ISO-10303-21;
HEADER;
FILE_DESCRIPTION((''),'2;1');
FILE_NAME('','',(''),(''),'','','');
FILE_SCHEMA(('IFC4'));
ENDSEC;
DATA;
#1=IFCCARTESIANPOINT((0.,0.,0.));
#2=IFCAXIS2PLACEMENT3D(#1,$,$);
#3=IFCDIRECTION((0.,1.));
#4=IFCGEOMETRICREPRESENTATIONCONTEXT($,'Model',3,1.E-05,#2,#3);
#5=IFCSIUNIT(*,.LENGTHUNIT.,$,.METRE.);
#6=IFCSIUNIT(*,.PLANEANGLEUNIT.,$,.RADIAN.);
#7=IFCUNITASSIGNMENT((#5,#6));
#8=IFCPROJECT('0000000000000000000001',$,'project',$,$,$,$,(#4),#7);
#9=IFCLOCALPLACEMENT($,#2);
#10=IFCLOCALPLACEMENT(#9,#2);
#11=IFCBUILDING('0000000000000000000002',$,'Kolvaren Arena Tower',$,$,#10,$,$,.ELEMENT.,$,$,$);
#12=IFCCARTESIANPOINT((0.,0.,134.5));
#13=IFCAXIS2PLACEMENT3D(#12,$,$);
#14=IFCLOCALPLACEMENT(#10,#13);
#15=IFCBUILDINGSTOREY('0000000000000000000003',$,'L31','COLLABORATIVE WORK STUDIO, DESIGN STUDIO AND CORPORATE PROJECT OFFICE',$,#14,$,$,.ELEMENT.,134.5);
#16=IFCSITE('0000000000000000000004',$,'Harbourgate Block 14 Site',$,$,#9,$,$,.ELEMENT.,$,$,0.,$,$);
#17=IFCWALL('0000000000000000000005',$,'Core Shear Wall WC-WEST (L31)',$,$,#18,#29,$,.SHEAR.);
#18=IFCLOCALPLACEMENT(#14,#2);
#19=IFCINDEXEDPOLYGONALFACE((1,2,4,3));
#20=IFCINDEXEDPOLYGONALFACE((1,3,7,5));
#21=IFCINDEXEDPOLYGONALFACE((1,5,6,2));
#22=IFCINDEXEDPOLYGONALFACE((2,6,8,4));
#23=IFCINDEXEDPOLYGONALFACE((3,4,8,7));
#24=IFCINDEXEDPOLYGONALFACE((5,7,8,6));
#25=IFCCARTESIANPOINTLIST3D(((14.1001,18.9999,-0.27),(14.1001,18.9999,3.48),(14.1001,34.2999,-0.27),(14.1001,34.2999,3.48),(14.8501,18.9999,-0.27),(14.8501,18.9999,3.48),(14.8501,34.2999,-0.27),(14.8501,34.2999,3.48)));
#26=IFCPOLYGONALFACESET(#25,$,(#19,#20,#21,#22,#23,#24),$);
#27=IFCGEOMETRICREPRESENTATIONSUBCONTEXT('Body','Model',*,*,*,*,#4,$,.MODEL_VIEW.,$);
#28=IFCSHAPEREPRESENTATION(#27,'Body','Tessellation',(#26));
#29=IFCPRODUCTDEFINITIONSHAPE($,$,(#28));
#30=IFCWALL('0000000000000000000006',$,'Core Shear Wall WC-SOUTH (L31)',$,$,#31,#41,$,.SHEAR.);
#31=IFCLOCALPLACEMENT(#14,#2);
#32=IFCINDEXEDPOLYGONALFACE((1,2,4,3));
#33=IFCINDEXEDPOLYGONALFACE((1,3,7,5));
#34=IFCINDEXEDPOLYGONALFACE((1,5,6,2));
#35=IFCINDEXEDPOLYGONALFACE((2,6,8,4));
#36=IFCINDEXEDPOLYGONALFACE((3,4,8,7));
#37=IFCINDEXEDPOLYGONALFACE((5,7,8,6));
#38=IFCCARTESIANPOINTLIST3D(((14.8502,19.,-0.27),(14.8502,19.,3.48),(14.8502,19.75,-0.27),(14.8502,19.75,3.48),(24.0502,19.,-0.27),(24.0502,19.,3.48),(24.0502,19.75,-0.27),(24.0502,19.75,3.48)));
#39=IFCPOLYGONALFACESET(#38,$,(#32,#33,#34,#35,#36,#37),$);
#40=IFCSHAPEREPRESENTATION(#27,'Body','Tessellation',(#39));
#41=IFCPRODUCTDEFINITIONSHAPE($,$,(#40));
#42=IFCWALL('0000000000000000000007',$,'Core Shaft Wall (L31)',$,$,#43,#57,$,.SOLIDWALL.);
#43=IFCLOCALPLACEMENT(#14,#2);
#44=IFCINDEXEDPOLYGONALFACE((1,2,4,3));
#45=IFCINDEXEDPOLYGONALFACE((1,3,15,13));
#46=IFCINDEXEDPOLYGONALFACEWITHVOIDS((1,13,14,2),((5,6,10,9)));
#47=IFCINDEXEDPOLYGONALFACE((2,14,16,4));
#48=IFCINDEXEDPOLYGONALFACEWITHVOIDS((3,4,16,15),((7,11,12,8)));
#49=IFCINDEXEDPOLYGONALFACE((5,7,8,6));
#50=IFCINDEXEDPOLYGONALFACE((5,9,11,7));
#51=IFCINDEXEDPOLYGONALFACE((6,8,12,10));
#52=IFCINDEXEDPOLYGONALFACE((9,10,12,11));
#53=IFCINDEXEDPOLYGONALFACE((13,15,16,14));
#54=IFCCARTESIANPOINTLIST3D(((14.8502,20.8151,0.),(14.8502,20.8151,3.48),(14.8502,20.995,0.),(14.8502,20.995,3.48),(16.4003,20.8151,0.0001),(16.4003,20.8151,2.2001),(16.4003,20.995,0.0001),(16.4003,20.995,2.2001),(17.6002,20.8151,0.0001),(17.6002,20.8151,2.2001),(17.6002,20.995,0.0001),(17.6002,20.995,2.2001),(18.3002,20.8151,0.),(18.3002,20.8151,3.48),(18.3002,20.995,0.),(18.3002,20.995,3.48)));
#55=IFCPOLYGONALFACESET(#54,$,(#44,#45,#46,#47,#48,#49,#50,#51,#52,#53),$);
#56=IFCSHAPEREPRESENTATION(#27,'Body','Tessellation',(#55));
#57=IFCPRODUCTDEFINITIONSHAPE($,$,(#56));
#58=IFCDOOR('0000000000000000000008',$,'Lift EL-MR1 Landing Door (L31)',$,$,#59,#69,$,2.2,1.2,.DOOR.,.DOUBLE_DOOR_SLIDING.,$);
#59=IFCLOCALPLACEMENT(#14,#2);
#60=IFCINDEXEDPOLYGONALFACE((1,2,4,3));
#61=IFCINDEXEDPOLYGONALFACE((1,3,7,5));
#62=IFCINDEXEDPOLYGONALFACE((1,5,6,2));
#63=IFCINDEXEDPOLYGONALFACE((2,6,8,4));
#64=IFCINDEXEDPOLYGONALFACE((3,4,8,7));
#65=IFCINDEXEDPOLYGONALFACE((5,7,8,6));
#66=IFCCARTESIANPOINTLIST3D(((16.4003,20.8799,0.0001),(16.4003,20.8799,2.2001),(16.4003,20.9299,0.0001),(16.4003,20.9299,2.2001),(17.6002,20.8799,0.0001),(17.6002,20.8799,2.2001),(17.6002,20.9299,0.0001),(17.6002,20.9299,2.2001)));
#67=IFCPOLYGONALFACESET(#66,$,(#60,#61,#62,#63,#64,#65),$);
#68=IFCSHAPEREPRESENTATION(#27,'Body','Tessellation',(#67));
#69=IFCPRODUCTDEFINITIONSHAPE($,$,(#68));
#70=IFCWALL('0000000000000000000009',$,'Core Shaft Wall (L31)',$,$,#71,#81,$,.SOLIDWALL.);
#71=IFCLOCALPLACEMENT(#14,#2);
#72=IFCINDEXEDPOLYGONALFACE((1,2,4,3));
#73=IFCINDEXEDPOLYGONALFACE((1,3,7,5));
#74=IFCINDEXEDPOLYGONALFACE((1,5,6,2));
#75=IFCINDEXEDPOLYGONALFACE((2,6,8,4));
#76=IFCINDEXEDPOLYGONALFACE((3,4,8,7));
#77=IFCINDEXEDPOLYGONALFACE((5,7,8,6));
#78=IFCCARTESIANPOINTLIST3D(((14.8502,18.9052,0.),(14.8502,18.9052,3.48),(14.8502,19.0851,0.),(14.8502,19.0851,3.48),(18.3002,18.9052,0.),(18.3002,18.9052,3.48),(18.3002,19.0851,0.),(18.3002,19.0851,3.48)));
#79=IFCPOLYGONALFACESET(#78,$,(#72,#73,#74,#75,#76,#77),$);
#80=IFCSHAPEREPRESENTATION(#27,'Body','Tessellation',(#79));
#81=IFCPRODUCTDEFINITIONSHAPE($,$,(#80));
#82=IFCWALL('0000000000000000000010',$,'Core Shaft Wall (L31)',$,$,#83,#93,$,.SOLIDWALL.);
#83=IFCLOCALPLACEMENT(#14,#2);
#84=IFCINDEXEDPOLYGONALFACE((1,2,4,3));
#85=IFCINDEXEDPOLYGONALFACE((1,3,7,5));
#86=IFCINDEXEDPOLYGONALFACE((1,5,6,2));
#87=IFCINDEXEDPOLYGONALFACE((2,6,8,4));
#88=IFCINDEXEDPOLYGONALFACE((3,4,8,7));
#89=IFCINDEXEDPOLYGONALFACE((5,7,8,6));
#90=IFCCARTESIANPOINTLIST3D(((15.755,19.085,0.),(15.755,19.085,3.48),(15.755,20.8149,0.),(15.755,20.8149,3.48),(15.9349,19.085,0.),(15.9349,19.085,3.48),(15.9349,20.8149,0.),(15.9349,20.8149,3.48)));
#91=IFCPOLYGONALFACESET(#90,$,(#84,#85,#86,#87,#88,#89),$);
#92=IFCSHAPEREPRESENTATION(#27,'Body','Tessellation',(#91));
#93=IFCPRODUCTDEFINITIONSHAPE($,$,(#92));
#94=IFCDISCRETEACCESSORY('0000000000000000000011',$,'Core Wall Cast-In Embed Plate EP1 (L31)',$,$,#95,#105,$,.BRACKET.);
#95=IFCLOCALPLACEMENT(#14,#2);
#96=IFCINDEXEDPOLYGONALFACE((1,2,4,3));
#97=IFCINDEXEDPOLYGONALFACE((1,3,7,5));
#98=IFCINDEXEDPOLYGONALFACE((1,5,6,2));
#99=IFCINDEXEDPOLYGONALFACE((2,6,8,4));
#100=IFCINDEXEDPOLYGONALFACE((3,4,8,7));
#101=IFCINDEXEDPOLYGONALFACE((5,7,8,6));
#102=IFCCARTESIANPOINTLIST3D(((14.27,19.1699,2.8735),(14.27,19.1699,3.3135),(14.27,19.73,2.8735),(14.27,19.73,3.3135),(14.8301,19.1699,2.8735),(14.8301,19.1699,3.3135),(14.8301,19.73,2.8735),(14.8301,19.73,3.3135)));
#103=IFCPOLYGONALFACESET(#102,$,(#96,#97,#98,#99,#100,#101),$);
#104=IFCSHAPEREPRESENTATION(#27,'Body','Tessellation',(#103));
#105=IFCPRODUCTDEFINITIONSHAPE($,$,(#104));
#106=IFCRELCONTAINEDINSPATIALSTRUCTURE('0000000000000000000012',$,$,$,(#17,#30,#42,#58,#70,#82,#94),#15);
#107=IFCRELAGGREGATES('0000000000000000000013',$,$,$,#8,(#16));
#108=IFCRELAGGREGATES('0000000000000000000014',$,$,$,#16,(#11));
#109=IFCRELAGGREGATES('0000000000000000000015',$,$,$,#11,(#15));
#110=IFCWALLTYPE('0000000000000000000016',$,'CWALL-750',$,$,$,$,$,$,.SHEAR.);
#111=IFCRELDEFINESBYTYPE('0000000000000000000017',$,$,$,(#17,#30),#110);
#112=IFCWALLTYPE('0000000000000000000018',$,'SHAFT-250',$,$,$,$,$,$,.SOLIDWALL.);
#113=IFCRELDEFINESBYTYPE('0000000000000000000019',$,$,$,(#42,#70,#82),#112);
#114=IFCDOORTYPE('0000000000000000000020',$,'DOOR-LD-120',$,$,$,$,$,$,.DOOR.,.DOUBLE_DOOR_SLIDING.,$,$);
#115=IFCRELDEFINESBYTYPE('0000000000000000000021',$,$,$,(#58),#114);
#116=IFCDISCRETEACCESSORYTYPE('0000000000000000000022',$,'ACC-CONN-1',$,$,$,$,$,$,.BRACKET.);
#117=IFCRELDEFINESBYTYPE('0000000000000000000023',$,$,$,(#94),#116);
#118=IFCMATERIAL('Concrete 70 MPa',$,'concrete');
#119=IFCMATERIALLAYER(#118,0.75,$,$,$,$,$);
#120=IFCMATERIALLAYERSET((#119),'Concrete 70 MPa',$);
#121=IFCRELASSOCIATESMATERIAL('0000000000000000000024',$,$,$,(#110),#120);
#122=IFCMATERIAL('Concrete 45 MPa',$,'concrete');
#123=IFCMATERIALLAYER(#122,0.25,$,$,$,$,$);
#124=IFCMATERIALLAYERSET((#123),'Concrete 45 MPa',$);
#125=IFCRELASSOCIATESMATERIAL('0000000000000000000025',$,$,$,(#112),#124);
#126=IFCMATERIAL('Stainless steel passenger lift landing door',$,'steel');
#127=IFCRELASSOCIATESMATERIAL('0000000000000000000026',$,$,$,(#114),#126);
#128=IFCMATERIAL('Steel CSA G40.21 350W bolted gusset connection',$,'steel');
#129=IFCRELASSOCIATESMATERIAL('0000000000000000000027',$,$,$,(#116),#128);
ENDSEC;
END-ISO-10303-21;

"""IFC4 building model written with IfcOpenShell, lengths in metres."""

from ifc_helpers import new_model, si_unit, direction, frame, frame_2d, origin, origin_2d, place, context, subcontext, project, spatial, rectangle, extrude, material, layer, layer_set, type_object, element, fill, save


model = new_model("IFC4")

# Units and contexts
model_context = context("Model", 3, precision=1e-05, world=origin(), true_north=direction((0.0, 1.0)))
body_context = subcontext(model_context, "Body", "Model", "MODEL_VIEW")
ifc_project = project(units=[si_unit("LENGTHUNIT", "METRE"), si_unit("PLANEANGLEUNIT", "RADIAN")], contexts=[model_context])

# Site, building, storey
site_placement = place(None, origin())
site = spatial("IfcSite", under=ifc_project, at=site_placement, Name="Harbourgate Block 14 Site", CompositionType="ELEMENT", RefElevation=0.0)
building_placement = place(site_placement, origin())
building = spatial("IfcBuilding", under=site, at=building_placement, Name="Kolvaren Arena Tower", CompositionType="ELEMENT")
storey_placement = place(building_placement, frame((0.0, 0.0, 134.5)))
storey = spatial("IfcBuildingStorey", under=building, at=storey_placement, Name="L31", Description="COLLABORATIVE WORK STUDIO, DESIGN STUDIO AND CORPORATE PROJECT OFFICE", CompositionType="ELEMENT", Elevation=134.5)

# Walls
ifc_material_1 = material(Name="Concrete 70 MPa", Category="concrete")
ifc_layer_1 = layer(ifc_material_1, 0.75)
ifc_layer_set_1 = layer_set([ifc_layer_1], Name="Concrete 70 MPa")
wall_type_1 = type_object("IfcWallType", Name="CWALL-750", PredefinedType="SHEAR", material=ifc_layer_set_1)
wall_1_placement = place(storey_placement, frame((14.4751, 19.0, -0.27), z_axis=(0.0, 0.0, 1.0), x_axis=(0.0, 1.0, 0.0)))
element("IfcWall", 1, at=wall_1_placement, inside=storey, type_object=wall_type_1, Name="Core Shear Wall WC-WEST (L31)", PredefinedType="SHEAR", context=body_context, shape_type="SweptSolid", body=[
    extrude(rectangle(XDim=15.3, YDim=0.75, at=frame_2d((7.6499, 0.0))), origin(), (0.0, 0.0, 1.0), 3.75),
])
wall_2_placement = place(storey_placement, frame((14.8501, 19.375, -0.27), z_axis=(0.0, 0.0, 1.0), x_axis=(1.0, 0.0, 0.0)))
element("IfcWall", 2, at=wall_2_placement, inside=storey, type_object=wall_type_1, Name="Core Shear Wall WC-SOUTH (L31)", PredefinedType="SHEAR", context=body_context, shape_type="SweptSolid", body=[
    extrude(rectangle(XDim=9.2, YDim=0.75, at=frame_2d((4.6001, 0.0))), origin(), (0.0, 0.0, 1.0), 3.75),
])

# Wall, opening, door
ifc_material_2 = material(Name="Concrete 45 MPa", Category="concrete")
ifc_layer_2 = layer(ifc_material_2, 0.25)
ifc_layer_set_2 = layer_set([ifc_layer_2], Name="Concrete 45 MPa")
wall_type_2 = type_object("IfcWallType", Name="SHAFT-250", PredefinedType="SOLIDWALL", material=ifc_layer_set_2)
wall_3_placement = place(storey_placement, frame((14.8501, 20.905, 0.0), z_axis=(0.0, 0.0, 1.0), x_axis=(1.0, 0.0, 0.0)))
wall_3 = element("IfcWall", 3, at=wall_3_placement, inside=storey, type_object=wall_type_2, Name="Core Shaft Wall (L31)", PredefinedType="SOLIDWALL", context=body_context, shape_type="SweptSolid", body=[
    extrude(rectangle(XDim=3.45, YDim=0.1799, at=frame_2d((1.7251, 0.0))), origin(), (0.0, 0.0, 1.0), 3.48),
])
opening_placement = place(wall_3_placement, frame((1.55, 0.0, 0.0)))
opening = element("IfcOpeningElement", 4, at=opening_placement, cuts=wall_3, PredefinedType="OPENING", context=body_context, shape_type="SweptSolid", body=[
    extrude(rectangle(XDim=1.2, YDim=2.2, at=frame_2d((0.6001, 1.1001))), frame((0.0, 0.0999, 0.0), z_axis=(0.0, -1.0, 0.0), x_axis=(1.0, 0.0, 0.0)), (0.0, 0.0, 1.0), 0.2),
])
ifc_material_3 = material(Name="Stainless steel passenger lift landing door", Category="steel")
door_type = type_object("IfcDoorType", Name="DOOR-LD-120", OperationType="DOUBLE_DOOR_SLIDING", PredefinedType="DOOR", material=ifc_material_3)
door_placement = place(opening_placement, origin())
door = element("IfcDoor", 5, at=door_placement, inside=storey, type_object=door_type, Name="Lift EL-MR1 Landing Door (L31)", OperationType="DOUBLE_DOOR_SLIDING", OverallHeight=2.2, OverallWidth=1.2, PredefinedType="DOOR", context=body_context, shape_type="SweptSolid", body=[
    extrude(rectangle(XDim=1.2, YDim=2.2, at=frame_2d((0.6001, 1.1001))), frame((0.0, 0.0249, 0.0), z_axis=(0.0, -1.0, 0.0), x_axis=(1.0, 0.0, 0.0)), (0.0, 0.0, 1.0), 0.05),
])
fill(opening, door)

# Walls
wall_4_placement = place(storey_placement, frame((14.8501, 18.9951, 0.0), z_axis=(0.0, 0.0, 1.0), x_axis=(1.0, 0.0, 0.0)))
element("IfcWall", 6, at=wall_4_placement, inside=storey, type_object=wall_type_2, Name="Core Shaft Wall (L31)", PredefinedType="SOLIDWALL", context=body_context, shape_type="SweptSolid", body=[
    extrude(rectangle(XDim=3.45, YDim=0.1799, at=frame_2d((1.7251, 0.0))), origin(), (0.0, 0.0, 1.0), 3.48),
])
wall_5_placement = place(storey_placement, frame((15.845, 19.085, 0.0), z_axis=(0.0, 0.0, 1.0), x_axis=(0.0, 1.0, 0.0)))
element("IfcWall", 7, at=wall_5_placement, inside=storey, type_object=wall_type_2, Name="Core Shaft Wall (L31)", PredefinedType="SOLIDWALL", context=body_context, shape_type="SweptSolid", body=[
    extrude(rectangle(XDim=1.73, YDim=0.1799, at=frame_2d((0.865, 0.0))), origin(), (0.0, 0.0, 1.0), 3.48),
])

# Discrete accessory
ifc_material_4 = material(Name="Steel CSA G40.21 350W bolted gusset connection", Category="steel")
discrete_accessory_type = type_object("IfcDiscreteAccessoryType", Name="ACC-CONN-1", PredefinedType="BRACKET", material=ifc_material_4)
discrete_accessory_placement = place(storey_placement, frame((14.55, 19.45, 2.8735), z_axis=(0.0, 0.0, 1.0), x_axis=(1.0, 0.0, 0.0)))
element("IfcDiscreteAccessory", 8, at=discrete_accessory_placement, inside=storey, type_object=discrete_accessory_type, Name="Core Wall Cast-In Embed Plate EP1 (L31)", PredefinedType="BRACKET", context=body_context, shape_type="SweptSolid", body=[
    extrude(rectangle(XDim=0.5601, YDim=0.5601, at=origin_2d()), origin(), (0.0, 0.0, 1.0), 0.4399),
])

save(model, "model.ifc")
